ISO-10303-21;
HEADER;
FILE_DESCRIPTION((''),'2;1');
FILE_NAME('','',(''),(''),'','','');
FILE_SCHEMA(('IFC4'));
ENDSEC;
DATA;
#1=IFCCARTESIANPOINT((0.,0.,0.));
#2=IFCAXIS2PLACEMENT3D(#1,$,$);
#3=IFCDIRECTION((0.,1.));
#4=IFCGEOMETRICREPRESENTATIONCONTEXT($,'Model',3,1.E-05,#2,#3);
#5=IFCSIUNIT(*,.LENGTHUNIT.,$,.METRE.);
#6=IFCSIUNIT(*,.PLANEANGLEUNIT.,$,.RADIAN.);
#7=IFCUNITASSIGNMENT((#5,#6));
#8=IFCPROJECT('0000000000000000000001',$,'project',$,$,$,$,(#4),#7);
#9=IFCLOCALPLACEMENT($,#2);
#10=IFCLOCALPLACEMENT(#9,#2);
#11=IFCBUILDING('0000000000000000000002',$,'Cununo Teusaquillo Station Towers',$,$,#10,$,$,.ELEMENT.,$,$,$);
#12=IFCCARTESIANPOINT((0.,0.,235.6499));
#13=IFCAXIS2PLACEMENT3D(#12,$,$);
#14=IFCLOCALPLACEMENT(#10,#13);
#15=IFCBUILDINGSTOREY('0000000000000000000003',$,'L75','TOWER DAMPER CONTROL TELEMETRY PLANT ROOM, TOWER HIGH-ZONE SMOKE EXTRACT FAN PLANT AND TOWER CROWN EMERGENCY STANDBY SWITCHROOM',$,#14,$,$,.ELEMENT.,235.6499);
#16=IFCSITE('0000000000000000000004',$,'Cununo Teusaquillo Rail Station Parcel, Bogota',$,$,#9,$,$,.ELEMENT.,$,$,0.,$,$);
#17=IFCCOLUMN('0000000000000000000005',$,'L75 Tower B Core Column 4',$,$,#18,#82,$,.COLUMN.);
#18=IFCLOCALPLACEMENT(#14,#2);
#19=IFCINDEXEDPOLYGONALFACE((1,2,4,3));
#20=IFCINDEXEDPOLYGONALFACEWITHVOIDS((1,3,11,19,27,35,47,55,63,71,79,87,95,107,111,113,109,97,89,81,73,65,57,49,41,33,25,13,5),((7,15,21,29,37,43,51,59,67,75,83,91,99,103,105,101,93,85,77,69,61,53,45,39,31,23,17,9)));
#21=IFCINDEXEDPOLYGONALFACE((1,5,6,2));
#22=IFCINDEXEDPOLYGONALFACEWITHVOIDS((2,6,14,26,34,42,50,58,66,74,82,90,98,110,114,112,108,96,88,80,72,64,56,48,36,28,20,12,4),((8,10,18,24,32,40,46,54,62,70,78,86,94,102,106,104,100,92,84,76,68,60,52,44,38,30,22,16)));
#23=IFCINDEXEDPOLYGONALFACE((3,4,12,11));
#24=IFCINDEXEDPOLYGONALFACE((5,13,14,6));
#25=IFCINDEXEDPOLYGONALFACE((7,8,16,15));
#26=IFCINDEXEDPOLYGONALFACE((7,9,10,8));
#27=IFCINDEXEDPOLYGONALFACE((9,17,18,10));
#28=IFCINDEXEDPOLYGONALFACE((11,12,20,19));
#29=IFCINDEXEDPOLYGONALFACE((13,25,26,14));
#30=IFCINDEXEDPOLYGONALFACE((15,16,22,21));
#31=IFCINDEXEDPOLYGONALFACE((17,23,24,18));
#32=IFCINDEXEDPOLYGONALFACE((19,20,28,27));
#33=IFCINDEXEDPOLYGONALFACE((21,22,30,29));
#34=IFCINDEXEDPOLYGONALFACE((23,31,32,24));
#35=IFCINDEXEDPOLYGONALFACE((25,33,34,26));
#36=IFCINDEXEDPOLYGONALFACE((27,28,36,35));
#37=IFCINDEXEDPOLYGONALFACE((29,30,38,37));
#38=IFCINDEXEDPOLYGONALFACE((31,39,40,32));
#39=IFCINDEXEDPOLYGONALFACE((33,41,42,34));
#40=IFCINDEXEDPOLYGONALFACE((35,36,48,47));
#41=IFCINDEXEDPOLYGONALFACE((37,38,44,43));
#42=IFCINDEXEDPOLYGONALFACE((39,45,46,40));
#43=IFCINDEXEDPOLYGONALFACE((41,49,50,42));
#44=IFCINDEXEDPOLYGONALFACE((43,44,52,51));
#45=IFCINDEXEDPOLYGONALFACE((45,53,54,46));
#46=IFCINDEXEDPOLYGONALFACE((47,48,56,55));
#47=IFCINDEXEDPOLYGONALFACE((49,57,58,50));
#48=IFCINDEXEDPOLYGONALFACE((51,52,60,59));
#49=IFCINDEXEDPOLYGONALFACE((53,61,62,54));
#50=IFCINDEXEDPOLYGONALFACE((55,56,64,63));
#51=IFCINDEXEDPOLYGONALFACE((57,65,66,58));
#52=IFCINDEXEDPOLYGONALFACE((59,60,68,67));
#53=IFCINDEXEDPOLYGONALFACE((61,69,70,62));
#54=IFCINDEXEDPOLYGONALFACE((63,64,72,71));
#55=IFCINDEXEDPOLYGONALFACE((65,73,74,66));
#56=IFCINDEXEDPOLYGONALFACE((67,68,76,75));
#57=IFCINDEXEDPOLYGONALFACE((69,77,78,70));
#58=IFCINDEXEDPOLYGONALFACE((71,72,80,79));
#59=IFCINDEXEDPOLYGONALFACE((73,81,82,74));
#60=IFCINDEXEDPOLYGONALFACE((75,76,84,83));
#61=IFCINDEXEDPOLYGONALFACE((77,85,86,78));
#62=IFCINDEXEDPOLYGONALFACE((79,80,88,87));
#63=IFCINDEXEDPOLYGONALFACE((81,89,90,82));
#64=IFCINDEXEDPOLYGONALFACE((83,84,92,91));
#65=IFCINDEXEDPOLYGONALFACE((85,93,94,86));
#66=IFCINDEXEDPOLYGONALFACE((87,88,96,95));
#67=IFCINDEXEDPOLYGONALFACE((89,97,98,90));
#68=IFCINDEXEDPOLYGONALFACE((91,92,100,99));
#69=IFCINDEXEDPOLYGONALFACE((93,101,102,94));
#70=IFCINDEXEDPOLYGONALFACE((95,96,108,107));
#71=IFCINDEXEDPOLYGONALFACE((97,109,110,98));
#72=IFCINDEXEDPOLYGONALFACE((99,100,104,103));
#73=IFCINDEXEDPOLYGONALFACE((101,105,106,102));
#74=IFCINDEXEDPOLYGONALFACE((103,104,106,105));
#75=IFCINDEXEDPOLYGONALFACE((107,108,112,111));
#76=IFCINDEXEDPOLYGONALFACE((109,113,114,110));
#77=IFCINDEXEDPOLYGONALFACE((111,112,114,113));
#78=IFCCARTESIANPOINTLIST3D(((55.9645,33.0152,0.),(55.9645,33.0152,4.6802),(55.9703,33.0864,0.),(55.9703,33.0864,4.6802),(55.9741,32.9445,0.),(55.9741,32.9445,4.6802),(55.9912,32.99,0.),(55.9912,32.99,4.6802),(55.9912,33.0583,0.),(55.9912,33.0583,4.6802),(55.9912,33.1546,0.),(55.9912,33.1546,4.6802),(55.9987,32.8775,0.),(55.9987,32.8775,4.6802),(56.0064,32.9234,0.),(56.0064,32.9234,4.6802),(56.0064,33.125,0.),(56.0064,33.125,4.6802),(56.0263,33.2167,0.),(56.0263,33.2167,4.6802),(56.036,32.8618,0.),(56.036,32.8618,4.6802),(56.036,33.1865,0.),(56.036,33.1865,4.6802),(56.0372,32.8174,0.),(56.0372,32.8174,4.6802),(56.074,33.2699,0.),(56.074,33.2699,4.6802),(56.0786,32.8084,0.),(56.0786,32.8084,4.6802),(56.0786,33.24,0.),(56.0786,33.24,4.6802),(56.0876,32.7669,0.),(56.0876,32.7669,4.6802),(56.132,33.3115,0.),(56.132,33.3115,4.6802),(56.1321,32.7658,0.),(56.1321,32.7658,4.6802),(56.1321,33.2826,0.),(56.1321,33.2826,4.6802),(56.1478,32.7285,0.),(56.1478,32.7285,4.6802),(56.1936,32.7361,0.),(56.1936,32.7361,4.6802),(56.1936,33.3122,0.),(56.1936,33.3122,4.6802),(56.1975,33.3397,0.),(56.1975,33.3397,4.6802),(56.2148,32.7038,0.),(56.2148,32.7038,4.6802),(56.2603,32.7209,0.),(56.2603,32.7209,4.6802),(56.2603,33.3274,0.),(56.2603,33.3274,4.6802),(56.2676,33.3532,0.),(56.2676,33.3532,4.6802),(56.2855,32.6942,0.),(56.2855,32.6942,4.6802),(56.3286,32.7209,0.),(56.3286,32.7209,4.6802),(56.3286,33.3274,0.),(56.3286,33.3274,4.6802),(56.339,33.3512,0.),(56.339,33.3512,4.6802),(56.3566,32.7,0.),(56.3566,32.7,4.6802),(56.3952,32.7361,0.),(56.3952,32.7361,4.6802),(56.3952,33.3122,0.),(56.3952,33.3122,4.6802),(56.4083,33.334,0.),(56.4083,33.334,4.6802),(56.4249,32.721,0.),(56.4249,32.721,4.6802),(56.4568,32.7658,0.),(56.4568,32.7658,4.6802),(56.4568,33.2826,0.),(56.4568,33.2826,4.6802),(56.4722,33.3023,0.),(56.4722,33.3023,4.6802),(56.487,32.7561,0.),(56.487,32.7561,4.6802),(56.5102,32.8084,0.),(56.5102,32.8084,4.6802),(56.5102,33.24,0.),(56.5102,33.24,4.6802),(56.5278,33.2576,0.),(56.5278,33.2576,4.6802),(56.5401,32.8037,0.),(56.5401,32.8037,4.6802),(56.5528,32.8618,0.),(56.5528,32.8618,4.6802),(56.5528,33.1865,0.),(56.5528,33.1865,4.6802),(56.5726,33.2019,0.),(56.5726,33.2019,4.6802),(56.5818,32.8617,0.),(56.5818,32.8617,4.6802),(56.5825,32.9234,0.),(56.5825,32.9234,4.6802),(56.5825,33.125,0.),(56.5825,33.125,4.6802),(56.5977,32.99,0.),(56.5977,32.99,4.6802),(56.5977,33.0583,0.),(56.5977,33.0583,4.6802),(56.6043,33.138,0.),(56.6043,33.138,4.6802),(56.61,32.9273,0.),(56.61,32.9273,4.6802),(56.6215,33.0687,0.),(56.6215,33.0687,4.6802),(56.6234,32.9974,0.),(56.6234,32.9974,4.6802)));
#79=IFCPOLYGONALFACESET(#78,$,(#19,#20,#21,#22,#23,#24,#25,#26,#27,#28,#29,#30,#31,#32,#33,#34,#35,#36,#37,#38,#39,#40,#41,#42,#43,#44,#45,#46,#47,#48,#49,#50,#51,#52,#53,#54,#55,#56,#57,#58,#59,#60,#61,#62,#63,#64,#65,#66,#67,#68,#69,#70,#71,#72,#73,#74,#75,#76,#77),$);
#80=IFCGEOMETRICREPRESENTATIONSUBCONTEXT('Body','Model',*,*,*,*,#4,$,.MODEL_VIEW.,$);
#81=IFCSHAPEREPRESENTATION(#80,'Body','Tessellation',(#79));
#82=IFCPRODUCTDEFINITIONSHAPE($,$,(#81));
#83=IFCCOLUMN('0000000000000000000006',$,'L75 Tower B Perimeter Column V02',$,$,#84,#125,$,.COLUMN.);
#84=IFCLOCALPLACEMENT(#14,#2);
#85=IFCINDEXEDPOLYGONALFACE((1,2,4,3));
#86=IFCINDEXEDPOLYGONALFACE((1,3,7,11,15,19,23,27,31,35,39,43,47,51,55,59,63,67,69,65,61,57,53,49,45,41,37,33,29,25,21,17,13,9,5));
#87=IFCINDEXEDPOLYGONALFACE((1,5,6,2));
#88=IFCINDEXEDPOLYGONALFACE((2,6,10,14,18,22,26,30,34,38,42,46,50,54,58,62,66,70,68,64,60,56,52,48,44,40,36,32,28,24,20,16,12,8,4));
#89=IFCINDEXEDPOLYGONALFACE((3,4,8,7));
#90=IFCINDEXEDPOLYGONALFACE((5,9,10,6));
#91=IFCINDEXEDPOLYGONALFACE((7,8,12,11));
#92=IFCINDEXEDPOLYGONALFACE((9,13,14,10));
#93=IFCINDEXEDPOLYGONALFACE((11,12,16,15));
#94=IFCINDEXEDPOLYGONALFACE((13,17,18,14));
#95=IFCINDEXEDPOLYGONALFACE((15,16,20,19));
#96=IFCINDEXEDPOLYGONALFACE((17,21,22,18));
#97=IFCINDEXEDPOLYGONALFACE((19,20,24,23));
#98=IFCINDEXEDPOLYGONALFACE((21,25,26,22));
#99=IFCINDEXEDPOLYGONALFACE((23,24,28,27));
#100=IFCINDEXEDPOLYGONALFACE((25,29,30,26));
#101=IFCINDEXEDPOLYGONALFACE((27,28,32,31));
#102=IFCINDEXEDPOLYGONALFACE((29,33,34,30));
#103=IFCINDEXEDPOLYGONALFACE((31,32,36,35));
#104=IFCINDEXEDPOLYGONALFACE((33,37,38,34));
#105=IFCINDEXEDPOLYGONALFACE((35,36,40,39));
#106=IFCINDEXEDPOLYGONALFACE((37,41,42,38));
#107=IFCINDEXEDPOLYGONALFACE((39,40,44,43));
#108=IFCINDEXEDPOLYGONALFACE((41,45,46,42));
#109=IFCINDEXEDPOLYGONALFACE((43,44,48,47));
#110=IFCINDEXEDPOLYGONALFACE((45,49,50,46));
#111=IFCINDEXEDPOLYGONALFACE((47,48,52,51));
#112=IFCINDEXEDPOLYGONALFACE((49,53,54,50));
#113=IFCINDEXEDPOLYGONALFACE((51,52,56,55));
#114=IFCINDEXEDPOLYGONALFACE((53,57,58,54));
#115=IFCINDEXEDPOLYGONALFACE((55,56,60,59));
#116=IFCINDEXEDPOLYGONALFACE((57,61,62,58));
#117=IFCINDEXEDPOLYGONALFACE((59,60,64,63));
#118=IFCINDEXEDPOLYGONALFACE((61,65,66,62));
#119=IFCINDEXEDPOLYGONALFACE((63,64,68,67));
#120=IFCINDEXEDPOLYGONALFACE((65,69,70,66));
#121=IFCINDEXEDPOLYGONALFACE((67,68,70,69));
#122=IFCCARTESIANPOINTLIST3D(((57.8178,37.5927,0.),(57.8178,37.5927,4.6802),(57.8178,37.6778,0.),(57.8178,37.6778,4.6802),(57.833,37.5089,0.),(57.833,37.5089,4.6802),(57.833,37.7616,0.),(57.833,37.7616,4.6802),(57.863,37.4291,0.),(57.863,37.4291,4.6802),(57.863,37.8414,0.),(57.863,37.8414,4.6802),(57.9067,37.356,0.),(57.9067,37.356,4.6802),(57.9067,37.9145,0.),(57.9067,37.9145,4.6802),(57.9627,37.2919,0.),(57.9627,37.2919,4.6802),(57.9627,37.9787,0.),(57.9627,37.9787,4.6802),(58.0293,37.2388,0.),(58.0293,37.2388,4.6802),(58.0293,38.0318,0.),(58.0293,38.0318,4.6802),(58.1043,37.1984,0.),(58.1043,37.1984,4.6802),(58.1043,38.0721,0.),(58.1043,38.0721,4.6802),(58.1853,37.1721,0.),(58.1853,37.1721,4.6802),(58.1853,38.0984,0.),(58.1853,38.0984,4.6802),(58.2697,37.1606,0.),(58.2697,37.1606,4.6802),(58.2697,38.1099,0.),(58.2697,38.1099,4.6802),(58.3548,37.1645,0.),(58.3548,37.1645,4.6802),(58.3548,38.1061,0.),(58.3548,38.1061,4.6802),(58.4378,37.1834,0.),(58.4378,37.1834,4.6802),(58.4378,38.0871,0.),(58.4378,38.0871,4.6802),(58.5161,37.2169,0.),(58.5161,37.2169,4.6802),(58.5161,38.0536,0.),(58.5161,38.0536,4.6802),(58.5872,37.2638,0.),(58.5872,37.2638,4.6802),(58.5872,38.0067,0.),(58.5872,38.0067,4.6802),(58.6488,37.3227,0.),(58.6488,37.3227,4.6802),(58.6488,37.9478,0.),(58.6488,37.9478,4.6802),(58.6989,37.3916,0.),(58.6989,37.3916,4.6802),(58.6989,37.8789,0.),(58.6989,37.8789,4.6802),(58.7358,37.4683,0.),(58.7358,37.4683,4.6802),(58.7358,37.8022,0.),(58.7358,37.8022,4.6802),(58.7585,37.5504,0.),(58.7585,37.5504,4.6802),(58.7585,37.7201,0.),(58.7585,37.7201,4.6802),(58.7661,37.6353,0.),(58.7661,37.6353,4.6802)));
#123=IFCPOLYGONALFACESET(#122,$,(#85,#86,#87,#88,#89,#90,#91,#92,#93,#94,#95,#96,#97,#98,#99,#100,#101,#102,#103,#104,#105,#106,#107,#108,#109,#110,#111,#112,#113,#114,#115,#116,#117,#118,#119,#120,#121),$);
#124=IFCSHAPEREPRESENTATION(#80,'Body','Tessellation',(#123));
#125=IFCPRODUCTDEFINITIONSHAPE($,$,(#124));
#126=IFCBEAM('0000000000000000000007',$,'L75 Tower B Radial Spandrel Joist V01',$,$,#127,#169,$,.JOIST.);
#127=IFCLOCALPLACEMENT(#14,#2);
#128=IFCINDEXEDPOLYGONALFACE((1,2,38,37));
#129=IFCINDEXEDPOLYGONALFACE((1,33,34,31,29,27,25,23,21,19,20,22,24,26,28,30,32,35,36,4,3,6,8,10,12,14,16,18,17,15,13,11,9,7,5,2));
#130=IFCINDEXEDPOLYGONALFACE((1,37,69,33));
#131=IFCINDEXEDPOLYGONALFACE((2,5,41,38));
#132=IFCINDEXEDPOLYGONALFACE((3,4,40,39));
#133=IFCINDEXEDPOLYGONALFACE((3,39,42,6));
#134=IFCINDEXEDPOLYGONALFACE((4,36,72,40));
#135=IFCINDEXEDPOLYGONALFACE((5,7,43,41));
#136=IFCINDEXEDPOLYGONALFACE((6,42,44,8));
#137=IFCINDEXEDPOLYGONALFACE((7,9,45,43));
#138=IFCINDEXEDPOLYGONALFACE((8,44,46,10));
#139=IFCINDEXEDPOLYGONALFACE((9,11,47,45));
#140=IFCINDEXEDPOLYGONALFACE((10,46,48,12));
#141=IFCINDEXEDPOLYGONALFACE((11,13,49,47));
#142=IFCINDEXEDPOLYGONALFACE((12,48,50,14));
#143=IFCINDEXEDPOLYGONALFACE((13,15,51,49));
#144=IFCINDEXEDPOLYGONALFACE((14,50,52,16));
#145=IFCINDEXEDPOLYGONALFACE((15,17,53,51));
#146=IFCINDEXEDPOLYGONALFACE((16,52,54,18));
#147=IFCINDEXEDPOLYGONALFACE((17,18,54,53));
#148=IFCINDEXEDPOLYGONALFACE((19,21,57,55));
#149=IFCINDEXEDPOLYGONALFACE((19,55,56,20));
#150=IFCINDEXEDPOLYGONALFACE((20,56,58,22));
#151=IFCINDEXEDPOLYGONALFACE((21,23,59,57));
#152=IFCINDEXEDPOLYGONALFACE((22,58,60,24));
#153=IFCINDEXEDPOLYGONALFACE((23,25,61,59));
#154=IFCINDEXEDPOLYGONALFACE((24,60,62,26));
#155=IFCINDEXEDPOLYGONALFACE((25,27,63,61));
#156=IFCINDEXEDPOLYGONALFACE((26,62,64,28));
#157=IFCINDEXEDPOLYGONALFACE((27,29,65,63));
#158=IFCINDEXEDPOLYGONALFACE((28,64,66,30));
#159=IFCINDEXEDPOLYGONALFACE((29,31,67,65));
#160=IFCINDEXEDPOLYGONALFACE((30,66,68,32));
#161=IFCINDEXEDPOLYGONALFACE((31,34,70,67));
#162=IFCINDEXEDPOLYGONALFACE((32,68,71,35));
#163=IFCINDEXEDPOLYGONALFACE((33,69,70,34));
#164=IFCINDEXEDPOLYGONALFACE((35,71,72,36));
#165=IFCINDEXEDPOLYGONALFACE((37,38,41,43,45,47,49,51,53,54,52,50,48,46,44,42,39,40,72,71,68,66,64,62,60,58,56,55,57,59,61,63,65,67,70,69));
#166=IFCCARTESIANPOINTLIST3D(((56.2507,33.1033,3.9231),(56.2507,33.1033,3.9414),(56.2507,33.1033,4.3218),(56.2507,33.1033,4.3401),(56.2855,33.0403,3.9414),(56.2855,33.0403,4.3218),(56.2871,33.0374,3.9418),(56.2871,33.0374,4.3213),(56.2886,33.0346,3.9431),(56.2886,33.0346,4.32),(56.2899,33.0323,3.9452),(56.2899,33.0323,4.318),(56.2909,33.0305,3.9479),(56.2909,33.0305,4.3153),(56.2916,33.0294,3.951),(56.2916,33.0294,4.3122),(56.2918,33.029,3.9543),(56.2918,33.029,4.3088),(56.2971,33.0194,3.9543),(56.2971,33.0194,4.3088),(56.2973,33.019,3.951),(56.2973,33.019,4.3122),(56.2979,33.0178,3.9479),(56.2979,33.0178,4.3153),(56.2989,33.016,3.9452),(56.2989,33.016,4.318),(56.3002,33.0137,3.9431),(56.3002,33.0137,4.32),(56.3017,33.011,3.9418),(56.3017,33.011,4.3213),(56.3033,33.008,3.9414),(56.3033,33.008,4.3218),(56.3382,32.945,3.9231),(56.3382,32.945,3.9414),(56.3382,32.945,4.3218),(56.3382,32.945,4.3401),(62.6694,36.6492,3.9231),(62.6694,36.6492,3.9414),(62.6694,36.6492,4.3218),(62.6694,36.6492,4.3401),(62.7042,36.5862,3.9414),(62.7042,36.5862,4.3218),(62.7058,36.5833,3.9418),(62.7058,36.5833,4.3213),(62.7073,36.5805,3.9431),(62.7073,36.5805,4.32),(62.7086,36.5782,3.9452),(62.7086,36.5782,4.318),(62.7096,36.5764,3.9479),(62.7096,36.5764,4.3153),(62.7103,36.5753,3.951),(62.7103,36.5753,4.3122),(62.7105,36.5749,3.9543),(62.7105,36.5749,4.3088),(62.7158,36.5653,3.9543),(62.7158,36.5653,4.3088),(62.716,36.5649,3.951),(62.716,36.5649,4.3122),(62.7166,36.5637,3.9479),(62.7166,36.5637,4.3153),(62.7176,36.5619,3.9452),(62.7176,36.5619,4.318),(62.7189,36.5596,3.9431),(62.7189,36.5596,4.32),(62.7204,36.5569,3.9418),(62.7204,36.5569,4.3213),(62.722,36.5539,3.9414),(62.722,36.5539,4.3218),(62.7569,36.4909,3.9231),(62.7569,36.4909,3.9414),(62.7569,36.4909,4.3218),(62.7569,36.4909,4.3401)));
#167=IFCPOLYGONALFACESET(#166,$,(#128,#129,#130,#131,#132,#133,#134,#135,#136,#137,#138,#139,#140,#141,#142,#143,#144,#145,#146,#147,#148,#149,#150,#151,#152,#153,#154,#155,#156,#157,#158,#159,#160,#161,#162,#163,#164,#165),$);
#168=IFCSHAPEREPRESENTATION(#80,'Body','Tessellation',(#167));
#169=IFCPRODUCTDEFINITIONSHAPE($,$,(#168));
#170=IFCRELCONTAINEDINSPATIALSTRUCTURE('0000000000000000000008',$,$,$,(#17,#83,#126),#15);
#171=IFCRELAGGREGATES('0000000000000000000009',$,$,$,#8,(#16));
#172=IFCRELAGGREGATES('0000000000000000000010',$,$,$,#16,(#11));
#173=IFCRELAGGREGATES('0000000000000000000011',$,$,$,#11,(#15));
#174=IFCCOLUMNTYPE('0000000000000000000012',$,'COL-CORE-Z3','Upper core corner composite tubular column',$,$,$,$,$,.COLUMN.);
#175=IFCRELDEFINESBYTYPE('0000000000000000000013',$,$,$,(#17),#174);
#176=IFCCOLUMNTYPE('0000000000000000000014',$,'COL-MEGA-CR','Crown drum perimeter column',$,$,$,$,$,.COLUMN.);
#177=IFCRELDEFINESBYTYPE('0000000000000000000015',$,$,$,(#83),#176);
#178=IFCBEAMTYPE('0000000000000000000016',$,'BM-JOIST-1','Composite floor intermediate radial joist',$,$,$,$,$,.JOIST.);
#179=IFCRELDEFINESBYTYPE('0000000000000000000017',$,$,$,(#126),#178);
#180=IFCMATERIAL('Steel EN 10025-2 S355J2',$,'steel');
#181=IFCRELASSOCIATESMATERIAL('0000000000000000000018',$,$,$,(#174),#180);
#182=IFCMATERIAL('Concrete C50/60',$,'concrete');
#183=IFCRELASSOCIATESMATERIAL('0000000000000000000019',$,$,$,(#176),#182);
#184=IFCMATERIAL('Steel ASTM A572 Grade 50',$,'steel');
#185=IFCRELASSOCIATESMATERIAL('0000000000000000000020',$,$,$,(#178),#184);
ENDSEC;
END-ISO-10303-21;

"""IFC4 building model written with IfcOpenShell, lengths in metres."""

from ifc_helpers import new_model, si_unit, direction, frame, origin, origin_2d, place, context, subcontext, project, spatial, circle, hollow_circle, i_section, extrude, material, material_profile, profile_set, type_object, element, save


model = new_model("IFC4")

# Units and contexts
model_context = context("Model", 3, precision=1e-05, world=origin(), true_north=direction((0.0, 1.0)))
body_context = subcontext(model_context, "Body", "Model", "MODEL_VIEW")
ifc_project = project(units=[si_unit("LENGTHUNIT", "METRE"), si_unit("PLANEANGLEUNIT", "RADIAN")], contexts=[model_context])

# Site, building, storey
site_placement = place(None, origin())
site = spatial("IfcSite", under=ifc_project, at=site_placement, Name="Cununo Teusaquillo Rail Station Parcel, Bogota", CompositionType="ELEMENT", RefElevation=0.0)
building_placement = place(site_placement, origin())
building = spatial("IfcBuilding", under=site, at=building_placement, Name="Cununo Teusaquillo Station Towers", CompositionType="ELEMENT")
storey_placement = place(building_placement, frame((0.0, 0.0, 235.6499)))
storey = spatial("IfcBuildingStorey", under=building, at=storey_placement, Name="L75", Description="TOWER DAMPER CONTROL TELEMETRY PLANT ROOM, TOWER HIGH-ZONE SMOKE EXTRACT FAN PLANT AND TOWER CROWN EMERGENCY STANDBY SWITCHROOM", CompositionType="ELEMENT", Elevation=235.6499)

# Columns
ifc_material_1 = material(Name="Steel EN 10025-2 S355J2", Category="steel")
ifc_material_profile_1 = material_profile(ifc_material_1, hollow_circle(Radius=0.3301, WallThickness=0.0249, at=origin_2d()), Name="CHS 660x25")
ifc_profile_set_1 = profile_set([ifc_material_profile_1], Name="Steel EN 10025-2 S355J2")
column_type_1 = type_object("IfcColumnType", Name="COL-CORE-Z3", Description="Upper core corner composite tubular column", PredefinedType="COLUMN", material=ifc_profile_set_1)
column_1_placement = place(storey_placement, frame((56.2944, 33.0242, 0.0), z_axis=(0.0, 0.0, 1.0), x_axis=(0.707107, 0.707107, 0.0)))
element("IfcColumn", 1, at=column_1_placement, inside=storey, type_object=column_type_1, Name="L75 Tower B Core Column 4", PredefinedType="COLUMN", context=body_context, shape_type="SweptSolid", body=[
    extrude(hollow_circle(Radius=0.3301, WallThickness=0.0249, at=origin_2d()), origin(), (0.0, 0.0, 1.0), 4.6802),
])
ifc_material_2 = material(Name="Concrete C50/60", Category="concrete")
ifc_material_profile_2 = material_profile(ifc_material_2, circle(Radius=0.4751, at=origin_2d()), Name="RC-CIRC-950")
ifc_profile_set_2 = profile_set([ifc_material_profile_2], Name="Concrete C50/60")
column_type_2 = type_object("IfcColumnType", Name="COL-MEGA-CR", Description="Crown drum perimeter column", PredefinedType="COLUMN", material=ifc_profile_set_2)
column_2_placement = place(storey_placement, frame((58.291, 37.6353, 0.0), z_axis=(0.0, 0.0, 1.0), x_axis=(1.0, 0.0, 0.0)))
element("IfcColumn", 2, at=column_2_placement, inside=storey, type_object=column_type_2, Name="L75 Tower B Perimeter Column V02", PredefinedType="COLUMN", context=body_context, shape_type="SweptSolid", body=[
    extrude(circle(Radius=0.4751, at=origin_2d()), origin(), (0.0, 0.0, 1.0), 4.6802),
])

# Beam
ifc_material_3 = material(Name="Steel ASTM A572 Grade 50", Category="steel")
ifc_material_profile_3 = material_profile(ifc_material_3, i_section(OverallWidth=0.1809, OverallDepth=0.417, WebThickness=0.011, FlangeThickness=0.0183, FilletRadius=0.0129, at=origin_2d()), Name="W16X57")
ifc_profile_set_3 = profile_set([ifc_material_profile_3], Name="Steel ASTM A572 Grade 50")
beam_type_1 = type_object("IfcBeamType", Name="BM-JOIST-1", Description="Composite floor intermediate radial joist", PredefinedType="JOIST", material=ifc_profile_set_3)
beam_1_placement = place(storey_placement, frame((56.2944, 33.0242, 4.1316), z_axis=(0.875315, 0.483553, 0.0), x_axis=(-0.483553, 0.875315, 0.0)))
element("IfcBeam", 3, at=beam_1_placement, inside=storey, type_object=beam_type_1, Name="L75 Tower B Radial Spandrel Joist V01", PredefinedType="JOIST", context=body_context, shape_type="SweptSolid", body=[
    extrude(i_section(OverallWidth=0.1809, OverallDepth=0.417, WebThickness=0.011, FlangeThickness=0.0183, FilletRadius=0.0129, at=origin_2d()), origin(), (0.0, 0.0, 1.0), 7.333),
])

save(model, "model.ifc")
